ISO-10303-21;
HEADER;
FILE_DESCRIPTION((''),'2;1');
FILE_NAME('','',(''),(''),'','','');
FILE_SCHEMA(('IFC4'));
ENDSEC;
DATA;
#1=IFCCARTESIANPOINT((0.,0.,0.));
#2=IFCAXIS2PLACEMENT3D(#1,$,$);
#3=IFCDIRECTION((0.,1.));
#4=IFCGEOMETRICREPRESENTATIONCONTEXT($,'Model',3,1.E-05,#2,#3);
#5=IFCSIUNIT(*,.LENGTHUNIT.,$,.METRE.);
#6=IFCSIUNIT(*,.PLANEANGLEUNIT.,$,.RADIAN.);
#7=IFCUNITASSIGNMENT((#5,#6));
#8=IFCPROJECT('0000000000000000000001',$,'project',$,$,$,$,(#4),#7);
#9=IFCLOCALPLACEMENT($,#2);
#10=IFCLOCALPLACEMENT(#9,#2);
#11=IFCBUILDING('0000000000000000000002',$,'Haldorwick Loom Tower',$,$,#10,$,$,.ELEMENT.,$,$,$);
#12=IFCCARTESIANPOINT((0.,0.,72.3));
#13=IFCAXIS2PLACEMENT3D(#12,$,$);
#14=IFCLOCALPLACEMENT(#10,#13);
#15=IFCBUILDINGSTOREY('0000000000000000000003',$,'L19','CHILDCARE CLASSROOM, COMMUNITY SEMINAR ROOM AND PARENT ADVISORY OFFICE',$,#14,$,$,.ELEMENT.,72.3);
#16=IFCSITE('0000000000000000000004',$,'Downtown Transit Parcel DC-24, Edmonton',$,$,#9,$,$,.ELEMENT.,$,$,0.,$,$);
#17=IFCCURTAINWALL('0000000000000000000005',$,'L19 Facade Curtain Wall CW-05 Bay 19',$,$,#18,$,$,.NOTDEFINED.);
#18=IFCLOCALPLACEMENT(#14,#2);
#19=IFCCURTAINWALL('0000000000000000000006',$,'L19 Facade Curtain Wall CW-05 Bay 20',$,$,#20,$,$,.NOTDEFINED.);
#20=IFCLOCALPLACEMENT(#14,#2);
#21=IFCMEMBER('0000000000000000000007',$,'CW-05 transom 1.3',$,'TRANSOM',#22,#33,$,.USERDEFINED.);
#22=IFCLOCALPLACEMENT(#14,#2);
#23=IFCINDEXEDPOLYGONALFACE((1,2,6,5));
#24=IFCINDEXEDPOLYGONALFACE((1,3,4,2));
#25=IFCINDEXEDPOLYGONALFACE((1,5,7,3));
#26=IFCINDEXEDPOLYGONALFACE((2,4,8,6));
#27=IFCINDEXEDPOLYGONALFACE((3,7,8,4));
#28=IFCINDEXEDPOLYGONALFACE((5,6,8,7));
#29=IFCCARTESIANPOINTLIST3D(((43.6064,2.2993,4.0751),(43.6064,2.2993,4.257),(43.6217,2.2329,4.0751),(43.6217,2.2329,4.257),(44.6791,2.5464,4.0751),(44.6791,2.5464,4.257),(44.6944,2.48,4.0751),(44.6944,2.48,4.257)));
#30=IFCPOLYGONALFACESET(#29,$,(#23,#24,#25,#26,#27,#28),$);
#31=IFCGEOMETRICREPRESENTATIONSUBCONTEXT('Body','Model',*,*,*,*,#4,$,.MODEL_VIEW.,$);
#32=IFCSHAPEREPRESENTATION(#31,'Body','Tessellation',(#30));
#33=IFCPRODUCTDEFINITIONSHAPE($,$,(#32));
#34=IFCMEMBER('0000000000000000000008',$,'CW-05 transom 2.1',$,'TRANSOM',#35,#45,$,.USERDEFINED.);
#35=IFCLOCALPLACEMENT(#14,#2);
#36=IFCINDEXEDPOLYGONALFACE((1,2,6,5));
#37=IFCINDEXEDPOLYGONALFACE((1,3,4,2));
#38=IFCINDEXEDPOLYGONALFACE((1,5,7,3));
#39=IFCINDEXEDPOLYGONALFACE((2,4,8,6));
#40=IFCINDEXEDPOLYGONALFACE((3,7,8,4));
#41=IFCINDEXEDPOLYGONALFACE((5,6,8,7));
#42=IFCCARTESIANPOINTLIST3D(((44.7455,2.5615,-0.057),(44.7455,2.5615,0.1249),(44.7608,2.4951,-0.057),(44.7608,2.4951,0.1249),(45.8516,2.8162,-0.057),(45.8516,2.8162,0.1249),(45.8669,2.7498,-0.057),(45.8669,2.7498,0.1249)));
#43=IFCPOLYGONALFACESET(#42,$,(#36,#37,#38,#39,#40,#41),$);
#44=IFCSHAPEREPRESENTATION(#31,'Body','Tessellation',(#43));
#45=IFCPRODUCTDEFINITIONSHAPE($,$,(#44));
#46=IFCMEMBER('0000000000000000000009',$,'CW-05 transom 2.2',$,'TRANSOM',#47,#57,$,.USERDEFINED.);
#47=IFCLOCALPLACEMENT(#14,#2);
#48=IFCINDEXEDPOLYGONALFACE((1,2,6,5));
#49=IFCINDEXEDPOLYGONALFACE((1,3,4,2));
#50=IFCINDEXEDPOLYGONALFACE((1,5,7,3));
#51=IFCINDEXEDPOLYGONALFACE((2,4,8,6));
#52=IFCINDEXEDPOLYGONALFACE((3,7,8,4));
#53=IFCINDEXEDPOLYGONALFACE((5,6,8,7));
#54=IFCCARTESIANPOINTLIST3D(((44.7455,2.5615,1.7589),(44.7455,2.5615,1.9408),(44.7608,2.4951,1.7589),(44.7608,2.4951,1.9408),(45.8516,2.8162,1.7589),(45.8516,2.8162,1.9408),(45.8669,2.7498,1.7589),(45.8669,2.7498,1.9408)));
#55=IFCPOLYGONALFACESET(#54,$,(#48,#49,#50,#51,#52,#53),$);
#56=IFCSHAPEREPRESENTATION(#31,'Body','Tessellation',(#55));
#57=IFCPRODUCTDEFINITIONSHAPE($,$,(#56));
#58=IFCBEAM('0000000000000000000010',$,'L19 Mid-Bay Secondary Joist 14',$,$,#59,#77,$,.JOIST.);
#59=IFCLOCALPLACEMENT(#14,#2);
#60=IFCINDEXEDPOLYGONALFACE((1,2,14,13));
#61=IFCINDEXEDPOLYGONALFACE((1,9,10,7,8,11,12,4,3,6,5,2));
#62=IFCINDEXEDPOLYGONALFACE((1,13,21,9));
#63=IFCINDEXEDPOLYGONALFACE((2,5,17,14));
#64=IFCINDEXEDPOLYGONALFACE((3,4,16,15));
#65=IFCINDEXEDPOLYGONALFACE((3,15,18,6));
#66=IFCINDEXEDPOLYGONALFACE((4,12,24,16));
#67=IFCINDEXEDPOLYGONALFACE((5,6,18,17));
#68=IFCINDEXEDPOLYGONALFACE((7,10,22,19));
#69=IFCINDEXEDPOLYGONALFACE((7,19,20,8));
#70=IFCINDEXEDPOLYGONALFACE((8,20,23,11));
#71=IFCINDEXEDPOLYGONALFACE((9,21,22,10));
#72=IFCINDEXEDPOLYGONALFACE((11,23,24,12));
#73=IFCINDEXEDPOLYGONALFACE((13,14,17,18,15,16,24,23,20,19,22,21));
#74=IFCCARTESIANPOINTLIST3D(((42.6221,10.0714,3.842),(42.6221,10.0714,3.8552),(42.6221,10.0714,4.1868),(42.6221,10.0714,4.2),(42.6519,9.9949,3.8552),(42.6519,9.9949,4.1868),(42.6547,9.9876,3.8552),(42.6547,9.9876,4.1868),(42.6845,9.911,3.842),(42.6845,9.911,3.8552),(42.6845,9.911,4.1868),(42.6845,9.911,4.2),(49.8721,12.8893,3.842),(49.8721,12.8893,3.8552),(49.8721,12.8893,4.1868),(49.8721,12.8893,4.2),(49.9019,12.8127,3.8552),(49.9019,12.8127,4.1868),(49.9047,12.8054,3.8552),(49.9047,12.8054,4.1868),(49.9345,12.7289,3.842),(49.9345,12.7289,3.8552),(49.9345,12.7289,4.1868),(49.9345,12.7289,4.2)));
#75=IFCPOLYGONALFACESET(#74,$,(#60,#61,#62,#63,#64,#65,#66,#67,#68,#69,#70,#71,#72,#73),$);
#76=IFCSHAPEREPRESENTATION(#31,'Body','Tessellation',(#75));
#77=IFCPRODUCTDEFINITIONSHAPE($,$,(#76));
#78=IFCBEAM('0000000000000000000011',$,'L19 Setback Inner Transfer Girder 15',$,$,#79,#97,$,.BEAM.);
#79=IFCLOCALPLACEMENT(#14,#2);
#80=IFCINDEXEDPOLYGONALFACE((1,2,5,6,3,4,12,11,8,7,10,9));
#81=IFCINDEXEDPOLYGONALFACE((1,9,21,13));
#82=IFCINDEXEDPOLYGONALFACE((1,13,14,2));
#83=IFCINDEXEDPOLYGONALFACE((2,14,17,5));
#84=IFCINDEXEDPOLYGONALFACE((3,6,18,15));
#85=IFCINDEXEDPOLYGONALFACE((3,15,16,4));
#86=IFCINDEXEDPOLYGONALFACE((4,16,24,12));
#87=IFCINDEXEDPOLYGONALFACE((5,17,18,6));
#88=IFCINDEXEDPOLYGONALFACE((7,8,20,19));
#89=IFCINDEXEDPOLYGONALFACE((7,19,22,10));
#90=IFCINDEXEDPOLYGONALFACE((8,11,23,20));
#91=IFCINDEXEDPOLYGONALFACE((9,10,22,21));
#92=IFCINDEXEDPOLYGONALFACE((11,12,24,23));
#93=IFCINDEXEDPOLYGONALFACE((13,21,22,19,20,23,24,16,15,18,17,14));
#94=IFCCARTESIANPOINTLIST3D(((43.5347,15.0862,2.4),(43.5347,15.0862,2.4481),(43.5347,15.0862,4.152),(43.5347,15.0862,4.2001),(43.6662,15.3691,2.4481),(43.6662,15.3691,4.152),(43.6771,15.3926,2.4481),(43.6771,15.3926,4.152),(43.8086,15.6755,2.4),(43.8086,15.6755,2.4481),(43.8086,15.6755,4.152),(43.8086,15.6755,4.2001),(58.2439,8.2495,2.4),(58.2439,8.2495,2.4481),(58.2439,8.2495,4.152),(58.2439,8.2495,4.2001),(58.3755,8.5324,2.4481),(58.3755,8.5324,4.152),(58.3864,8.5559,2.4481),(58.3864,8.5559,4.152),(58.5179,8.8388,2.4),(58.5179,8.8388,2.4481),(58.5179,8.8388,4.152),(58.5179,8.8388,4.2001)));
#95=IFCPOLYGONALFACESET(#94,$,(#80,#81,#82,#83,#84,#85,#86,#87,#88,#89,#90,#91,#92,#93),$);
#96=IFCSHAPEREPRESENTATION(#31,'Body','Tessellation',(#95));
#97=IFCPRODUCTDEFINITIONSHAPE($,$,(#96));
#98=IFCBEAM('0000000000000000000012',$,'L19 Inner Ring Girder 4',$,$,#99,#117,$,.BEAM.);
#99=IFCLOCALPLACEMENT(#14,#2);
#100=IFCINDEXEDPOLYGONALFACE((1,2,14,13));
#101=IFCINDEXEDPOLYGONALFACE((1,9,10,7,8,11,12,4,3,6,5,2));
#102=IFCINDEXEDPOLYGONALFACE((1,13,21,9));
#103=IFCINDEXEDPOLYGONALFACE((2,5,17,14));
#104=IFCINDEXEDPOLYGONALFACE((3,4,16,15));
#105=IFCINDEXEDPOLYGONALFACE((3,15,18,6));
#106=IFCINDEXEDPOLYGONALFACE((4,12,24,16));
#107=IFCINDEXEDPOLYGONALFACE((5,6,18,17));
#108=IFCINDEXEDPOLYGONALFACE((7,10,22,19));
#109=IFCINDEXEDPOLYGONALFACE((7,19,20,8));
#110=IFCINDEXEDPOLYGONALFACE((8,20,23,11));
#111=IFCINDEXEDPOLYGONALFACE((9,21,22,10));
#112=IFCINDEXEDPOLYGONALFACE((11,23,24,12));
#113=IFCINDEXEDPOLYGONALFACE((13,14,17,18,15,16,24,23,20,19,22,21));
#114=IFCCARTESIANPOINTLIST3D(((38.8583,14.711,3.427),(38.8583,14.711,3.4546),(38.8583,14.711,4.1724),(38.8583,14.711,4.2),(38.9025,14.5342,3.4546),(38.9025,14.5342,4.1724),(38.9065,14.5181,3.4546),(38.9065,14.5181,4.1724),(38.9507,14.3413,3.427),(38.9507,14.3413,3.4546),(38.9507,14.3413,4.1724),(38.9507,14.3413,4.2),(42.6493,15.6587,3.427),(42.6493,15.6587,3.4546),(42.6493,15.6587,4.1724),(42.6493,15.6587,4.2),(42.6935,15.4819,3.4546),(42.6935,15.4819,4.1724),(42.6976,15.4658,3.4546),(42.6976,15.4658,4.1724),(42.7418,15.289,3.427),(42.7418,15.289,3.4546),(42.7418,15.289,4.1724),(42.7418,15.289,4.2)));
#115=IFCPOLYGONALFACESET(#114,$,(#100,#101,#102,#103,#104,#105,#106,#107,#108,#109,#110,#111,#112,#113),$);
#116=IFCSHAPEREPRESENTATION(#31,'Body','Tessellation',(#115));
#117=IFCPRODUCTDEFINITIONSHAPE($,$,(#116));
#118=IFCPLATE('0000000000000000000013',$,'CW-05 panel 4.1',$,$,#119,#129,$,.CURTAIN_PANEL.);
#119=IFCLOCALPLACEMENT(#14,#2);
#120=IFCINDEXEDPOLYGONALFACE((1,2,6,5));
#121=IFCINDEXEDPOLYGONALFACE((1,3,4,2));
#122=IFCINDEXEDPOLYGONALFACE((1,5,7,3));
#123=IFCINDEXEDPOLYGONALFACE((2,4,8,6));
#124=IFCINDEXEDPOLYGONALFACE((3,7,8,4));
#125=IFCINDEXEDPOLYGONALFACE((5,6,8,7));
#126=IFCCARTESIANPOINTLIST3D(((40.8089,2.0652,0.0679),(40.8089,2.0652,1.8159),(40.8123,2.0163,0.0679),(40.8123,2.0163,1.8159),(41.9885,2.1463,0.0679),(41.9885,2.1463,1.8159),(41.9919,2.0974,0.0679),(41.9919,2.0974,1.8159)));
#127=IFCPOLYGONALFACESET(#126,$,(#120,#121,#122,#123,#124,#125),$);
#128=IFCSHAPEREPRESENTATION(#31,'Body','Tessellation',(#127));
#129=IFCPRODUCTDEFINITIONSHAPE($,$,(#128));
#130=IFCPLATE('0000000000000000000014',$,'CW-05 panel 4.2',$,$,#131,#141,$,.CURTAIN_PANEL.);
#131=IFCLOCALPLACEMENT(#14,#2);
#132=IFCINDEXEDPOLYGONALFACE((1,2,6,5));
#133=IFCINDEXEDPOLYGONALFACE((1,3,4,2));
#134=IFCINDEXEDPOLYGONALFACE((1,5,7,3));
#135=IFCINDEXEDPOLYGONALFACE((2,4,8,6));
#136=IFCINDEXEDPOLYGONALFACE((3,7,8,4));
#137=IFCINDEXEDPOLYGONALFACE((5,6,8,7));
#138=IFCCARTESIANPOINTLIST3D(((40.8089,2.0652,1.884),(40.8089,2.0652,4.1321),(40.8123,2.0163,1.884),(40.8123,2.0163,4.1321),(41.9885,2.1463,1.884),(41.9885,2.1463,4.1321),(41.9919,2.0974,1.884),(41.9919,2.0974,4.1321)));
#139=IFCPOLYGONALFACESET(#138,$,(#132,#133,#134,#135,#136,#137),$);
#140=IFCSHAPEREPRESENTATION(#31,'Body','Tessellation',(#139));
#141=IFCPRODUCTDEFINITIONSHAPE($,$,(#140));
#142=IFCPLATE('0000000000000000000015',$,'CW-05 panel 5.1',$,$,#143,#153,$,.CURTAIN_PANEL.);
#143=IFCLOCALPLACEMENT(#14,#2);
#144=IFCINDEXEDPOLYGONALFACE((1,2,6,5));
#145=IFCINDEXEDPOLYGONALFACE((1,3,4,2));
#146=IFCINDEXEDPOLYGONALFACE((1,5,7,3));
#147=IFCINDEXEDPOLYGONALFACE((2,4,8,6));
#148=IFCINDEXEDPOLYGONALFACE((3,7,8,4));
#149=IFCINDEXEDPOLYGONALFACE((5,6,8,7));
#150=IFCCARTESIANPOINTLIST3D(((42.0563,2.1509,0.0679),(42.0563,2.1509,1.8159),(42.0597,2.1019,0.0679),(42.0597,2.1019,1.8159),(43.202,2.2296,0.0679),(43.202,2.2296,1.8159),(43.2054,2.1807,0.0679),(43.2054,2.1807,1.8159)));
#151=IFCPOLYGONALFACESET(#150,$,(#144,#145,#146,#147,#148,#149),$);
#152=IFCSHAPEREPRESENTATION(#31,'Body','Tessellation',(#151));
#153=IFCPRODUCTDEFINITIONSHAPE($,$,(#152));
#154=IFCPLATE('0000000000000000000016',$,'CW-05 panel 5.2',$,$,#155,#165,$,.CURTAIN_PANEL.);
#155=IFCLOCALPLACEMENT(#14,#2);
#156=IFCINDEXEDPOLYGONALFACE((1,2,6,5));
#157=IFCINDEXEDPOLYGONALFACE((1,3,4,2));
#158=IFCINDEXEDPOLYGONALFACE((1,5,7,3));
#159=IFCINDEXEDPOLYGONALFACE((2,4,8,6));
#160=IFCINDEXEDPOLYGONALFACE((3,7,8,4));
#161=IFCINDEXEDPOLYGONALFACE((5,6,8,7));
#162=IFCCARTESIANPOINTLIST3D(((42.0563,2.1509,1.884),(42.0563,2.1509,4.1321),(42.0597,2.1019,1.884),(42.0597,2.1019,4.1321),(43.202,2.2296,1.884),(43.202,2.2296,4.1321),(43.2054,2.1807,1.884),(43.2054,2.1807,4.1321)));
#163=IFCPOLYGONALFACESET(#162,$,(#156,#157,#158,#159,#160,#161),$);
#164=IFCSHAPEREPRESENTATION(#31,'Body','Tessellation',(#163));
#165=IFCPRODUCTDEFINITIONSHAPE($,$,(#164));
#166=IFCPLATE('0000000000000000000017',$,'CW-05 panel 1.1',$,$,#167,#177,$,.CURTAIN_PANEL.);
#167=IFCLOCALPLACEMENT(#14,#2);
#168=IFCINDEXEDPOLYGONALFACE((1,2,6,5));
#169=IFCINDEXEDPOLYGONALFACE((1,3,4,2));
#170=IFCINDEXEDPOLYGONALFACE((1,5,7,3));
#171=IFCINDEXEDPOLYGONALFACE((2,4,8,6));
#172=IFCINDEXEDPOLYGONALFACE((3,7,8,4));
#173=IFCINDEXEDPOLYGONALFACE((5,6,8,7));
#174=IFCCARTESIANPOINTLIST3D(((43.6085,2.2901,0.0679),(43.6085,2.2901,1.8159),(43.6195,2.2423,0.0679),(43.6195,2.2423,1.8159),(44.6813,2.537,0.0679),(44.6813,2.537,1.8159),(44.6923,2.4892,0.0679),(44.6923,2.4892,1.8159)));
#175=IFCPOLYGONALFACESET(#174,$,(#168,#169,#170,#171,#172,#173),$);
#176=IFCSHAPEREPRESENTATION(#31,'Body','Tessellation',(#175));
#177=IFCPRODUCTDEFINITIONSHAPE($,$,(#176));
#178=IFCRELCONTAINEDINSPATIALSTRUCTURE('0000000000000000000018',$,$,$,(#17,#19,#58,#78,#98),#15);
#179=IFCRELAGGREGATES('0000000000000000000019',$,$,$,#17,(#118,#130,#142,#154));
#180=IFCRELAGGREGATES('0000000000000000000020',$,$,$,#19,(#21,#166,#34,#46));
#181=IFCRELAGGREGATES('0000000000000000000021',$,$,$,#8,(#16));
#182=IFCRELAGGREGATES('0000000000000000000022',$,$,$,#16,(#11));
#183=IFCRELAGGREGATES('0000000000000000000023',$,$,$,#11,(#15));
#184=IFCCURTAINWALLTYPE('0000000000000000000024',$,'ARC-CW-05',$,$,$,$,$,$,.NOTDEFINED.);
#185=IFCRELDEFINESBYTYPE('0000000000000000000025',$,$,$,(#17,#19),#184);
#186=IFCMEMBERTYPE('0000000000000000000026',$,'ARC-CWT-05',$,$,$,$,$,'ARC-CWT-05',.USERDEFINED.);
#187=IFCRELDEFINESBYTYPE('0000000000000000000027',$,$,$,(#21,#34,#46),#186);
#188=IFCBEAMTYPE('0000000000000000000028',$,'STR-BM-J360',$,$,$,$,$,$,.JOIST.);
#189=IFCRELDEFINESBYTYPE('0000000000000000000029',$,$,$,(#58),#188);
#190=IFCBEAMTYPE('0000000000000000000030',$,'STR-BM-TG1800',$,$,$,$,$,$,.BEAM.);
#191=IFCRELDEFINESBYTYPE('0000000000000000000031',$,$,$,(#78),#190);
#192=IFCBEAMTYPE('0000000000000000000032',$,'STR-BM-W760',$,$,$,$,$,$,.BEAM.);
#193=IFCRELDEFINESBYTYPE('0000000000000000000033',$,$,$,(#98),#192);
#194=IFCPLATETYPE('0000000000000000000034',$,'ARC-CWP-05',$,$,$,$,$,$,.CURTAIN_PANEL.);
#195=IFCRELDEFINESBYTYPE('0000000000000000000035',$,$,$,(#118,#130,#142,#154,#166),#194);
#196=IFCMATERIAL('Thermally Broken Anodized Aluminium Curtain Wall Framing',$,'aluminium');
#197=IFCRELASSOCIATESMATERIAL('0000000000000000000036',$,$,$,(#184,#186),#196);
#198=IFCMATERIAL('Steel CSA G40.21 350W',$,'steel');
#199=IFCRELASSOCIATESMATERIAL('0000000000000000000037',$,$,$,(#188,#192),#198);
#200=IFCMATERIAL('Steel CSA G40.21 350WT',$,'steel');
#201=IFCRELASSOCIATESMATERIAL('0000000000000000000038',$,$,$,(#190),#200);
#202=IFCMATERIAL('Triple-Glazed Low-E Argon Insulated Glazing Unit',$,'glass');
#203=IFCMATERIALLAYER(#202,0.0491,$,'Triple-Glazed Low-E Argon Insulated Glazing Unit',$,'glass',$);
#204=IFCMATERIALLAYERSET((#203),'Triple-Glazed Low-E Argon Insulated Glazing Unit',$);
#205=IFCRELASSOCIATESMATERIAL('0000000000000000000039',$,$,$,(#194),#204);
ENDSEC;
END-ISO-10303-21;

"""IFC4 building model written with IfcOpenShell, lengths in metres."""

from ifc_helpers import new_model, si_unit, direction, frame, origin, origin_2d, place, context, subcontext, project, spatial, rectangle, i_section, extrude, material, layer, layer_set, material_profile, profile_set, type_object, element, aggregate, save


model = new_model("IFC4")

# Units and contexts
model_context = context("Model", 3, precision=1e-05, world=origin(), true_north=direction((0.0, 1.0)))
body_context = subcontext(model_context, "Body", "Model", "MODEL_VIEW")
ifc_project = project(units=[si_unit("LENGTHUNIT", "METRE"), si_unit("PLANEANGLEUNIT", "RADIAN")], contexts=[model_context])

# Site, building, storey
site_placement = place(None, origin())
site = spatial("IfcSite", under=ifc_project, at=site_placement, Name="Downtown Transit Parcel DC-24, Edmonton", CompositionType="ELEMENT", RefElevation=0.0)
building_placement = place(site_placement, origin())
building = spatial("IfcBuilding", under=site, at=building_placement, Name="Haldorwick Loom Tower", CompositionType="ELEMENT")
storey_placement = place(building_placement, frame((0.0, 0.0, 72.3)))
storey = spatial("IfcBuildingStorey", under=building, at=storey_placement, Name="L19", Description="CHILDCARE CLASSROOM, COMMUNITY SEMINAR ROOM AND PARENT ADVISORY OFFICE", CompositionType="ELEMENT", Elevation=72.3)

# Curtain walls
ifc_material_1 = material(Name="Thermally Broken Anodized Aluminium Curtain Wall Framing", Category="aluminium")
curtain_wall_type = type_object("IfcCurtainWallType", Name="ARC-CW-05", PredefinedType="NOTDEFINED", material=ifc_material_1)
curtain_wall_1_placement = place(storey_placement, origin())
curtain_wall_1 = element("IfcCurtainWall", 1, at=curtain_wall_1_placement, inside=storey, type_object=curtain_wall_type, Name="L19 Facade Curtain Wall CW-05 Bay 19", PredefinedType="NOTDEFINED")
curtain_wall_2_placement = place(storey_placement, origin())
curtain_wall_2 = element("IfcCurtainWall", 2, at=curtain_wall_2_placement, inside=storey, type_object=curtain_wall_type, Name="L19 Facade Curtain Wall CW-05 Bay 20", PredefinedType="NOTDEFINED")

# Members
ifc_material_profile_1 = material_profile(ifc_material_1, rectangle(XDim=0.0681, YDim=0.1819, at=origin_2d()), Name="ALU_TRN_68X182", Category="aluminium")
ifc_profile_set_1 = profile_set([ifc_material_profile_1], Name="Thermally Broken Anodized Aluminium Curtain Wall Framing")
member_type_1 = type_object("IfcMemberType", Name="ARC-CWT-05", ElementType="ARC-CWT-05", PredefinedType="USERDEFINED", material=ifc_profile_set_1)
member_1_placement = place(storey_placement, frame((43.614, 2.2661, 4.166), z_axis=(0.974488, 0.224438, 0.0), x_axis=(-0.224438, 0.974488, 0.0)))
member_1 = element("IfcMember", 3, at=member_1_placement, type_object=member_type_1, Name="CW-05 transom 1.3", ObjectType="TRANSOM", PredefinedType="USERDEFINED", context=body_context, shape_type="SweptSolid", body=[
    extrude(rectangle(XDim=0.0681, YDim=0.1819, at=origin_2d()), origin(), (0.0, 0.0, 1.0), 1.1008),
])
member_2_placement = place(storey_placement, frame((44.7532, 2.5283, 0.0339), z_axis=(0.974503, 0.224372, 0.0), x_axis=(-0.224372, 0.974503, 0.0)))
member_2 = element("IfcMember", 4, at=member_2_placement, type_object=member_type_1, Name="CW-05 transom 2.1", ObjectType="TRANSOM", PredefinedType="USERDEFINED", context=body_context, shape_type="SweptSolid", body=[
    extrude(rectangle(XDim=0.0681, YDim=0.1819, at=origin_2d()), origin(), (0.0, 0.0, 1.0), 1.135),
])
member_3_placement = place(storey_placement, frame((44.7532, 2.5283, 1.8499), z_axis=(0.974503, 0.224372, 0.0), x_axis=(-0.224372, 0.974503, 0.0)))
member_3 = element("IfcMember", 5, at=member_3_placement, type_object=member_type_1, Name="CW-05 transom 2.2", ObjectType="TRANSOM", PredefinedType="USERDEFINED", context=body_context, shape_type="SweptSolid", body=[
    extrude(rectangle(XDim=0.0681, YDim=0.1819, at=origin_2d()), origin(), (0.0, 0.0, 1.0), 1.135),
])

# Beams
ifc_material_2 = material(Name="Steel CSA G40.21 350W", Category="steel")
ifc_material_profile_2 = material_profile(ifc_material_2, i_section(OverallWidth=0.1721, OverallDepth=0.3579, WebThickness=0.0078, FlangeThickness=0.0132, at=origin_2d()), Name="W360X57", Category="steel")
ifc_profile_set_2 = profile_set([ifc_material_profile_2], Name="Steel CSA G40.21 350W")
beam_type_1 = type_object("IfcBeamType", Name="STR-BM-J360", PredefinedType="JOIST", material=ifc_profile_set_2)
beam_1_placement = place(storey_placement, frame((42.6533, 9.9912, 4.021), z_axis=(0.932073, 0.362271, 0.0), x_axis=(-0.362271, 0.932073, 0.0)))
element("IfcBeam", 6, at=beam_1_placement, inside=storey, type_object=beam_type_1, Name="L19 Mid-Bay Secondary Joist 14", PredefinedType="JOIST", context=body_context, shape_type="SweptSolid", body=[
    extrude(i_section(OverallWidth=0.1721, OverallDepth=0.3579, WebThickness=0.0078, FlangeThickness=0.0132, at=origin_2d()), origin(), (0.0, 0.0, 1.0), 7.7783),
])
ifc_material_3 = material(Name="Steel CSA G40.21 350WT", Category="steel")
ifc_material_profile_3 = material_profile(ifc_material_3, i_section(OverallWidth=0.6499, OverallDepth=1.8, WebThickness=0.0259, FlangeThickness=0.0481, at=origin_2d()), Name="WWF1800X650", Category="steel")
ifc_profile_set_3 = profile_set([ifc_material_profile_3], Name="Steel CSA G40.21 350WT")
beam_type_2 = type_object("IfcBeamType", Name="STR-BM-TG1800", PredefinedType="BEAM", material=ifc_profile_set_3)
beam_2_placement = place(storey_placement, frame((43.6716, 15.3809, 3.3), z_axis=(0.906835, -0.421486, 0.0), x_axis=(0.421486, 0.906835, 0.0)))
element("IfcBeam", 7, at=beam_2_placement, inside=storey, type_object=beam_type_2, Name="L19 Setback Inner Transfer Girder 15", PredefinedType="BEAM", context=body_context, shape_type="SweptSolid", body=[
    extrude(i_section(OverallWidth=0.6499, OverallDepth=1.8, WebThickness=0.0259, FlangeThickness=0.0481, at=origin_2d()), origin(), (0.0, 0.0, 1.0), 16.2205),
])
ifc_material_profile_4 = material_profile(ifc_material_2, i_section(OverallWidth=0.3811, OverallDepth=0.7729, WebThickness=0.0166, FlangeThickness=0.0276, at=origin_2d()), Name="W760X257", Category="steel")
ifc_profile_set_4 = profile_set([ifc_material_profile_4], Name="Steel CSA G40.21 350W")
beam_type_3 = type_object("IfcBeamType", Name="STR-BM-W760", PredefinedType="BEAM", material=ifc_profile_set_4)
beam_3_placement = place(storey_placement, frame((42.6956, 15.4739, 3.8135), z_axis=(-0.970143, -0.242536, 0.0), x_axis=(0.242536, -0.970143, 0.0)))
element("IfcBeam", 8, at=beam_3_placement, inside=storey, type_object=beam_type_3, Name="L19 Inner Ring Girder 4", PredefinedType="BEAM", context=body_context, shape_type="SweptSolid", body=[
    extrude(i_section(OverallWidth=0.3811, OverallDepth=0.7729, WebThickness=0.0166, FlangeThickness=0.0276, at=origin_2d()), origin(), (0.0, 0.0, 1.0), 3.9077),
])

# Plates
ifc_material_4 = material(Name="Triple-Glazed Low-E Argon Insulated Glazing Unit", Category="glass")
ifc_layer_1 = layer(ifc_material_4, 0.0491, Name="Triple-Glazed Low-E Argon Insulated Glazing Unit", Category="glass")
ifc_layer_set_1 = layer_set([ifc_layer_1], Name="Triple-Glazed Low-E Argon Insulated Glazing Unit")
plate_type = type_object("IfcPlateType", Name="ARC-CWP-05", PredefinedType="CURTAIN_PANEL", material=ifc_layer_set_1)
plate_1_placement = place(storey_placement, frame((41.4004, 2.0813, 0.0679), z_axis=(0.0, 0.0, 1.0), x_axis=(0.997645, 0.068589, 0.0)))
plate_1 = element("IfcPlate", 9, at=plate_1_placement, type_object=plate_type, Name="CW-05 panel 4.1", PredefinedType="CURTAIN_PANEL", context=body_context, shape_type="SweptSolid", body=[
    extrude(rectangle(XDim=1.1824, YDim=0.0491, at=origin_2d()), origin(), (0.0, 0.0, 1.0), 1.748),
])
plate_2_placement = place(storey_placement, frame((41.4004, 2.0813, 1.884), z_axis=(0.0, 0.0, 1.0), x_axis=(0.997645, 0.068589, 0.0)))
plate_2 = element("IfcPlate", 10, at=plate_2_placement, type_object=plate_type, Name="CW-05 panel 4.2", PredefinedType="CURTAIN_PANEL", context=body_context, shape_type="SweptSolid", body=[
    extrude(rectangle(XDim=1.1824, YDim=0.0491, at=origin_2d()), origin(), (0.0, 0.0, 1.0), 2.248),
])
plate_3_placement = place(storey_placement, frame((42.6309, 2.1658, 0.0679), z_axis=(0.0, 0.0, 1.0), x_axis=(0.997645, 0.068589, 0.0)))
plate_3 = element("IfcPlate", 11, at=plate_3_placement, type_object=plate_type, Name="CW-05 panel 5.1", PredefinedType="CURTAIN_PANEL", context=body_context, shape_type="SweptSolid", body=[
    extrude(rectangle(XDim=1.1484, YDim=0.0491, at=origin_2d()), origin(), (0.0, 0.0, 1.0), 1.748),
])
plate_4_placement = place(storey_placement, frame((42.6309, 2.1658, 1.884), z_axis=(0.0, 0.0, 1.0), x_axis=(0.997645, 0.068589, 0.0)))
plate_4 = element("IfcPlate", 12, at=plate_4_placement, type_object=plate_type, Name="CW-05 panel 5.2", PredefinedType="CURTAIN_PANEL", context=body_context, shape_type="SweptSolid", body=[
    extrude(rectangle(XDim=1.1484, YDim=0.0491, at=origin_2d()), origin(), (0.0, 0.0, 1.0), 2.248),
])
aggregate(curtain_wall_1, [plate_1, plate_2, plate_3, plate_4])
plate_5_placement = place(storey_placement, frame((44.1504, 2.3896, 0.0679), z_axis=(0.0, 0.0, 1.0), x_axis=(0.974523, 0.224289, 0.0)))
plate_5 = element("IfcPlate", 13, at=plate_5_placement, type_object=plate_type, Name="CW-05 panel 1.1", PredefinedType="CURTAIN_PANEL", context=body_context, shape_type="SweptSolid", body=[
    extrude(rectangle(XDim=1.1008, YDim=0.0491, at=origin_2d()), origin(), (0.0, 0.0, 1.0), 1.748),
])
aggregate(curtain_wall_2, [member_1, plate_5, member_2, member_3])

save(model, "model.ifc")
